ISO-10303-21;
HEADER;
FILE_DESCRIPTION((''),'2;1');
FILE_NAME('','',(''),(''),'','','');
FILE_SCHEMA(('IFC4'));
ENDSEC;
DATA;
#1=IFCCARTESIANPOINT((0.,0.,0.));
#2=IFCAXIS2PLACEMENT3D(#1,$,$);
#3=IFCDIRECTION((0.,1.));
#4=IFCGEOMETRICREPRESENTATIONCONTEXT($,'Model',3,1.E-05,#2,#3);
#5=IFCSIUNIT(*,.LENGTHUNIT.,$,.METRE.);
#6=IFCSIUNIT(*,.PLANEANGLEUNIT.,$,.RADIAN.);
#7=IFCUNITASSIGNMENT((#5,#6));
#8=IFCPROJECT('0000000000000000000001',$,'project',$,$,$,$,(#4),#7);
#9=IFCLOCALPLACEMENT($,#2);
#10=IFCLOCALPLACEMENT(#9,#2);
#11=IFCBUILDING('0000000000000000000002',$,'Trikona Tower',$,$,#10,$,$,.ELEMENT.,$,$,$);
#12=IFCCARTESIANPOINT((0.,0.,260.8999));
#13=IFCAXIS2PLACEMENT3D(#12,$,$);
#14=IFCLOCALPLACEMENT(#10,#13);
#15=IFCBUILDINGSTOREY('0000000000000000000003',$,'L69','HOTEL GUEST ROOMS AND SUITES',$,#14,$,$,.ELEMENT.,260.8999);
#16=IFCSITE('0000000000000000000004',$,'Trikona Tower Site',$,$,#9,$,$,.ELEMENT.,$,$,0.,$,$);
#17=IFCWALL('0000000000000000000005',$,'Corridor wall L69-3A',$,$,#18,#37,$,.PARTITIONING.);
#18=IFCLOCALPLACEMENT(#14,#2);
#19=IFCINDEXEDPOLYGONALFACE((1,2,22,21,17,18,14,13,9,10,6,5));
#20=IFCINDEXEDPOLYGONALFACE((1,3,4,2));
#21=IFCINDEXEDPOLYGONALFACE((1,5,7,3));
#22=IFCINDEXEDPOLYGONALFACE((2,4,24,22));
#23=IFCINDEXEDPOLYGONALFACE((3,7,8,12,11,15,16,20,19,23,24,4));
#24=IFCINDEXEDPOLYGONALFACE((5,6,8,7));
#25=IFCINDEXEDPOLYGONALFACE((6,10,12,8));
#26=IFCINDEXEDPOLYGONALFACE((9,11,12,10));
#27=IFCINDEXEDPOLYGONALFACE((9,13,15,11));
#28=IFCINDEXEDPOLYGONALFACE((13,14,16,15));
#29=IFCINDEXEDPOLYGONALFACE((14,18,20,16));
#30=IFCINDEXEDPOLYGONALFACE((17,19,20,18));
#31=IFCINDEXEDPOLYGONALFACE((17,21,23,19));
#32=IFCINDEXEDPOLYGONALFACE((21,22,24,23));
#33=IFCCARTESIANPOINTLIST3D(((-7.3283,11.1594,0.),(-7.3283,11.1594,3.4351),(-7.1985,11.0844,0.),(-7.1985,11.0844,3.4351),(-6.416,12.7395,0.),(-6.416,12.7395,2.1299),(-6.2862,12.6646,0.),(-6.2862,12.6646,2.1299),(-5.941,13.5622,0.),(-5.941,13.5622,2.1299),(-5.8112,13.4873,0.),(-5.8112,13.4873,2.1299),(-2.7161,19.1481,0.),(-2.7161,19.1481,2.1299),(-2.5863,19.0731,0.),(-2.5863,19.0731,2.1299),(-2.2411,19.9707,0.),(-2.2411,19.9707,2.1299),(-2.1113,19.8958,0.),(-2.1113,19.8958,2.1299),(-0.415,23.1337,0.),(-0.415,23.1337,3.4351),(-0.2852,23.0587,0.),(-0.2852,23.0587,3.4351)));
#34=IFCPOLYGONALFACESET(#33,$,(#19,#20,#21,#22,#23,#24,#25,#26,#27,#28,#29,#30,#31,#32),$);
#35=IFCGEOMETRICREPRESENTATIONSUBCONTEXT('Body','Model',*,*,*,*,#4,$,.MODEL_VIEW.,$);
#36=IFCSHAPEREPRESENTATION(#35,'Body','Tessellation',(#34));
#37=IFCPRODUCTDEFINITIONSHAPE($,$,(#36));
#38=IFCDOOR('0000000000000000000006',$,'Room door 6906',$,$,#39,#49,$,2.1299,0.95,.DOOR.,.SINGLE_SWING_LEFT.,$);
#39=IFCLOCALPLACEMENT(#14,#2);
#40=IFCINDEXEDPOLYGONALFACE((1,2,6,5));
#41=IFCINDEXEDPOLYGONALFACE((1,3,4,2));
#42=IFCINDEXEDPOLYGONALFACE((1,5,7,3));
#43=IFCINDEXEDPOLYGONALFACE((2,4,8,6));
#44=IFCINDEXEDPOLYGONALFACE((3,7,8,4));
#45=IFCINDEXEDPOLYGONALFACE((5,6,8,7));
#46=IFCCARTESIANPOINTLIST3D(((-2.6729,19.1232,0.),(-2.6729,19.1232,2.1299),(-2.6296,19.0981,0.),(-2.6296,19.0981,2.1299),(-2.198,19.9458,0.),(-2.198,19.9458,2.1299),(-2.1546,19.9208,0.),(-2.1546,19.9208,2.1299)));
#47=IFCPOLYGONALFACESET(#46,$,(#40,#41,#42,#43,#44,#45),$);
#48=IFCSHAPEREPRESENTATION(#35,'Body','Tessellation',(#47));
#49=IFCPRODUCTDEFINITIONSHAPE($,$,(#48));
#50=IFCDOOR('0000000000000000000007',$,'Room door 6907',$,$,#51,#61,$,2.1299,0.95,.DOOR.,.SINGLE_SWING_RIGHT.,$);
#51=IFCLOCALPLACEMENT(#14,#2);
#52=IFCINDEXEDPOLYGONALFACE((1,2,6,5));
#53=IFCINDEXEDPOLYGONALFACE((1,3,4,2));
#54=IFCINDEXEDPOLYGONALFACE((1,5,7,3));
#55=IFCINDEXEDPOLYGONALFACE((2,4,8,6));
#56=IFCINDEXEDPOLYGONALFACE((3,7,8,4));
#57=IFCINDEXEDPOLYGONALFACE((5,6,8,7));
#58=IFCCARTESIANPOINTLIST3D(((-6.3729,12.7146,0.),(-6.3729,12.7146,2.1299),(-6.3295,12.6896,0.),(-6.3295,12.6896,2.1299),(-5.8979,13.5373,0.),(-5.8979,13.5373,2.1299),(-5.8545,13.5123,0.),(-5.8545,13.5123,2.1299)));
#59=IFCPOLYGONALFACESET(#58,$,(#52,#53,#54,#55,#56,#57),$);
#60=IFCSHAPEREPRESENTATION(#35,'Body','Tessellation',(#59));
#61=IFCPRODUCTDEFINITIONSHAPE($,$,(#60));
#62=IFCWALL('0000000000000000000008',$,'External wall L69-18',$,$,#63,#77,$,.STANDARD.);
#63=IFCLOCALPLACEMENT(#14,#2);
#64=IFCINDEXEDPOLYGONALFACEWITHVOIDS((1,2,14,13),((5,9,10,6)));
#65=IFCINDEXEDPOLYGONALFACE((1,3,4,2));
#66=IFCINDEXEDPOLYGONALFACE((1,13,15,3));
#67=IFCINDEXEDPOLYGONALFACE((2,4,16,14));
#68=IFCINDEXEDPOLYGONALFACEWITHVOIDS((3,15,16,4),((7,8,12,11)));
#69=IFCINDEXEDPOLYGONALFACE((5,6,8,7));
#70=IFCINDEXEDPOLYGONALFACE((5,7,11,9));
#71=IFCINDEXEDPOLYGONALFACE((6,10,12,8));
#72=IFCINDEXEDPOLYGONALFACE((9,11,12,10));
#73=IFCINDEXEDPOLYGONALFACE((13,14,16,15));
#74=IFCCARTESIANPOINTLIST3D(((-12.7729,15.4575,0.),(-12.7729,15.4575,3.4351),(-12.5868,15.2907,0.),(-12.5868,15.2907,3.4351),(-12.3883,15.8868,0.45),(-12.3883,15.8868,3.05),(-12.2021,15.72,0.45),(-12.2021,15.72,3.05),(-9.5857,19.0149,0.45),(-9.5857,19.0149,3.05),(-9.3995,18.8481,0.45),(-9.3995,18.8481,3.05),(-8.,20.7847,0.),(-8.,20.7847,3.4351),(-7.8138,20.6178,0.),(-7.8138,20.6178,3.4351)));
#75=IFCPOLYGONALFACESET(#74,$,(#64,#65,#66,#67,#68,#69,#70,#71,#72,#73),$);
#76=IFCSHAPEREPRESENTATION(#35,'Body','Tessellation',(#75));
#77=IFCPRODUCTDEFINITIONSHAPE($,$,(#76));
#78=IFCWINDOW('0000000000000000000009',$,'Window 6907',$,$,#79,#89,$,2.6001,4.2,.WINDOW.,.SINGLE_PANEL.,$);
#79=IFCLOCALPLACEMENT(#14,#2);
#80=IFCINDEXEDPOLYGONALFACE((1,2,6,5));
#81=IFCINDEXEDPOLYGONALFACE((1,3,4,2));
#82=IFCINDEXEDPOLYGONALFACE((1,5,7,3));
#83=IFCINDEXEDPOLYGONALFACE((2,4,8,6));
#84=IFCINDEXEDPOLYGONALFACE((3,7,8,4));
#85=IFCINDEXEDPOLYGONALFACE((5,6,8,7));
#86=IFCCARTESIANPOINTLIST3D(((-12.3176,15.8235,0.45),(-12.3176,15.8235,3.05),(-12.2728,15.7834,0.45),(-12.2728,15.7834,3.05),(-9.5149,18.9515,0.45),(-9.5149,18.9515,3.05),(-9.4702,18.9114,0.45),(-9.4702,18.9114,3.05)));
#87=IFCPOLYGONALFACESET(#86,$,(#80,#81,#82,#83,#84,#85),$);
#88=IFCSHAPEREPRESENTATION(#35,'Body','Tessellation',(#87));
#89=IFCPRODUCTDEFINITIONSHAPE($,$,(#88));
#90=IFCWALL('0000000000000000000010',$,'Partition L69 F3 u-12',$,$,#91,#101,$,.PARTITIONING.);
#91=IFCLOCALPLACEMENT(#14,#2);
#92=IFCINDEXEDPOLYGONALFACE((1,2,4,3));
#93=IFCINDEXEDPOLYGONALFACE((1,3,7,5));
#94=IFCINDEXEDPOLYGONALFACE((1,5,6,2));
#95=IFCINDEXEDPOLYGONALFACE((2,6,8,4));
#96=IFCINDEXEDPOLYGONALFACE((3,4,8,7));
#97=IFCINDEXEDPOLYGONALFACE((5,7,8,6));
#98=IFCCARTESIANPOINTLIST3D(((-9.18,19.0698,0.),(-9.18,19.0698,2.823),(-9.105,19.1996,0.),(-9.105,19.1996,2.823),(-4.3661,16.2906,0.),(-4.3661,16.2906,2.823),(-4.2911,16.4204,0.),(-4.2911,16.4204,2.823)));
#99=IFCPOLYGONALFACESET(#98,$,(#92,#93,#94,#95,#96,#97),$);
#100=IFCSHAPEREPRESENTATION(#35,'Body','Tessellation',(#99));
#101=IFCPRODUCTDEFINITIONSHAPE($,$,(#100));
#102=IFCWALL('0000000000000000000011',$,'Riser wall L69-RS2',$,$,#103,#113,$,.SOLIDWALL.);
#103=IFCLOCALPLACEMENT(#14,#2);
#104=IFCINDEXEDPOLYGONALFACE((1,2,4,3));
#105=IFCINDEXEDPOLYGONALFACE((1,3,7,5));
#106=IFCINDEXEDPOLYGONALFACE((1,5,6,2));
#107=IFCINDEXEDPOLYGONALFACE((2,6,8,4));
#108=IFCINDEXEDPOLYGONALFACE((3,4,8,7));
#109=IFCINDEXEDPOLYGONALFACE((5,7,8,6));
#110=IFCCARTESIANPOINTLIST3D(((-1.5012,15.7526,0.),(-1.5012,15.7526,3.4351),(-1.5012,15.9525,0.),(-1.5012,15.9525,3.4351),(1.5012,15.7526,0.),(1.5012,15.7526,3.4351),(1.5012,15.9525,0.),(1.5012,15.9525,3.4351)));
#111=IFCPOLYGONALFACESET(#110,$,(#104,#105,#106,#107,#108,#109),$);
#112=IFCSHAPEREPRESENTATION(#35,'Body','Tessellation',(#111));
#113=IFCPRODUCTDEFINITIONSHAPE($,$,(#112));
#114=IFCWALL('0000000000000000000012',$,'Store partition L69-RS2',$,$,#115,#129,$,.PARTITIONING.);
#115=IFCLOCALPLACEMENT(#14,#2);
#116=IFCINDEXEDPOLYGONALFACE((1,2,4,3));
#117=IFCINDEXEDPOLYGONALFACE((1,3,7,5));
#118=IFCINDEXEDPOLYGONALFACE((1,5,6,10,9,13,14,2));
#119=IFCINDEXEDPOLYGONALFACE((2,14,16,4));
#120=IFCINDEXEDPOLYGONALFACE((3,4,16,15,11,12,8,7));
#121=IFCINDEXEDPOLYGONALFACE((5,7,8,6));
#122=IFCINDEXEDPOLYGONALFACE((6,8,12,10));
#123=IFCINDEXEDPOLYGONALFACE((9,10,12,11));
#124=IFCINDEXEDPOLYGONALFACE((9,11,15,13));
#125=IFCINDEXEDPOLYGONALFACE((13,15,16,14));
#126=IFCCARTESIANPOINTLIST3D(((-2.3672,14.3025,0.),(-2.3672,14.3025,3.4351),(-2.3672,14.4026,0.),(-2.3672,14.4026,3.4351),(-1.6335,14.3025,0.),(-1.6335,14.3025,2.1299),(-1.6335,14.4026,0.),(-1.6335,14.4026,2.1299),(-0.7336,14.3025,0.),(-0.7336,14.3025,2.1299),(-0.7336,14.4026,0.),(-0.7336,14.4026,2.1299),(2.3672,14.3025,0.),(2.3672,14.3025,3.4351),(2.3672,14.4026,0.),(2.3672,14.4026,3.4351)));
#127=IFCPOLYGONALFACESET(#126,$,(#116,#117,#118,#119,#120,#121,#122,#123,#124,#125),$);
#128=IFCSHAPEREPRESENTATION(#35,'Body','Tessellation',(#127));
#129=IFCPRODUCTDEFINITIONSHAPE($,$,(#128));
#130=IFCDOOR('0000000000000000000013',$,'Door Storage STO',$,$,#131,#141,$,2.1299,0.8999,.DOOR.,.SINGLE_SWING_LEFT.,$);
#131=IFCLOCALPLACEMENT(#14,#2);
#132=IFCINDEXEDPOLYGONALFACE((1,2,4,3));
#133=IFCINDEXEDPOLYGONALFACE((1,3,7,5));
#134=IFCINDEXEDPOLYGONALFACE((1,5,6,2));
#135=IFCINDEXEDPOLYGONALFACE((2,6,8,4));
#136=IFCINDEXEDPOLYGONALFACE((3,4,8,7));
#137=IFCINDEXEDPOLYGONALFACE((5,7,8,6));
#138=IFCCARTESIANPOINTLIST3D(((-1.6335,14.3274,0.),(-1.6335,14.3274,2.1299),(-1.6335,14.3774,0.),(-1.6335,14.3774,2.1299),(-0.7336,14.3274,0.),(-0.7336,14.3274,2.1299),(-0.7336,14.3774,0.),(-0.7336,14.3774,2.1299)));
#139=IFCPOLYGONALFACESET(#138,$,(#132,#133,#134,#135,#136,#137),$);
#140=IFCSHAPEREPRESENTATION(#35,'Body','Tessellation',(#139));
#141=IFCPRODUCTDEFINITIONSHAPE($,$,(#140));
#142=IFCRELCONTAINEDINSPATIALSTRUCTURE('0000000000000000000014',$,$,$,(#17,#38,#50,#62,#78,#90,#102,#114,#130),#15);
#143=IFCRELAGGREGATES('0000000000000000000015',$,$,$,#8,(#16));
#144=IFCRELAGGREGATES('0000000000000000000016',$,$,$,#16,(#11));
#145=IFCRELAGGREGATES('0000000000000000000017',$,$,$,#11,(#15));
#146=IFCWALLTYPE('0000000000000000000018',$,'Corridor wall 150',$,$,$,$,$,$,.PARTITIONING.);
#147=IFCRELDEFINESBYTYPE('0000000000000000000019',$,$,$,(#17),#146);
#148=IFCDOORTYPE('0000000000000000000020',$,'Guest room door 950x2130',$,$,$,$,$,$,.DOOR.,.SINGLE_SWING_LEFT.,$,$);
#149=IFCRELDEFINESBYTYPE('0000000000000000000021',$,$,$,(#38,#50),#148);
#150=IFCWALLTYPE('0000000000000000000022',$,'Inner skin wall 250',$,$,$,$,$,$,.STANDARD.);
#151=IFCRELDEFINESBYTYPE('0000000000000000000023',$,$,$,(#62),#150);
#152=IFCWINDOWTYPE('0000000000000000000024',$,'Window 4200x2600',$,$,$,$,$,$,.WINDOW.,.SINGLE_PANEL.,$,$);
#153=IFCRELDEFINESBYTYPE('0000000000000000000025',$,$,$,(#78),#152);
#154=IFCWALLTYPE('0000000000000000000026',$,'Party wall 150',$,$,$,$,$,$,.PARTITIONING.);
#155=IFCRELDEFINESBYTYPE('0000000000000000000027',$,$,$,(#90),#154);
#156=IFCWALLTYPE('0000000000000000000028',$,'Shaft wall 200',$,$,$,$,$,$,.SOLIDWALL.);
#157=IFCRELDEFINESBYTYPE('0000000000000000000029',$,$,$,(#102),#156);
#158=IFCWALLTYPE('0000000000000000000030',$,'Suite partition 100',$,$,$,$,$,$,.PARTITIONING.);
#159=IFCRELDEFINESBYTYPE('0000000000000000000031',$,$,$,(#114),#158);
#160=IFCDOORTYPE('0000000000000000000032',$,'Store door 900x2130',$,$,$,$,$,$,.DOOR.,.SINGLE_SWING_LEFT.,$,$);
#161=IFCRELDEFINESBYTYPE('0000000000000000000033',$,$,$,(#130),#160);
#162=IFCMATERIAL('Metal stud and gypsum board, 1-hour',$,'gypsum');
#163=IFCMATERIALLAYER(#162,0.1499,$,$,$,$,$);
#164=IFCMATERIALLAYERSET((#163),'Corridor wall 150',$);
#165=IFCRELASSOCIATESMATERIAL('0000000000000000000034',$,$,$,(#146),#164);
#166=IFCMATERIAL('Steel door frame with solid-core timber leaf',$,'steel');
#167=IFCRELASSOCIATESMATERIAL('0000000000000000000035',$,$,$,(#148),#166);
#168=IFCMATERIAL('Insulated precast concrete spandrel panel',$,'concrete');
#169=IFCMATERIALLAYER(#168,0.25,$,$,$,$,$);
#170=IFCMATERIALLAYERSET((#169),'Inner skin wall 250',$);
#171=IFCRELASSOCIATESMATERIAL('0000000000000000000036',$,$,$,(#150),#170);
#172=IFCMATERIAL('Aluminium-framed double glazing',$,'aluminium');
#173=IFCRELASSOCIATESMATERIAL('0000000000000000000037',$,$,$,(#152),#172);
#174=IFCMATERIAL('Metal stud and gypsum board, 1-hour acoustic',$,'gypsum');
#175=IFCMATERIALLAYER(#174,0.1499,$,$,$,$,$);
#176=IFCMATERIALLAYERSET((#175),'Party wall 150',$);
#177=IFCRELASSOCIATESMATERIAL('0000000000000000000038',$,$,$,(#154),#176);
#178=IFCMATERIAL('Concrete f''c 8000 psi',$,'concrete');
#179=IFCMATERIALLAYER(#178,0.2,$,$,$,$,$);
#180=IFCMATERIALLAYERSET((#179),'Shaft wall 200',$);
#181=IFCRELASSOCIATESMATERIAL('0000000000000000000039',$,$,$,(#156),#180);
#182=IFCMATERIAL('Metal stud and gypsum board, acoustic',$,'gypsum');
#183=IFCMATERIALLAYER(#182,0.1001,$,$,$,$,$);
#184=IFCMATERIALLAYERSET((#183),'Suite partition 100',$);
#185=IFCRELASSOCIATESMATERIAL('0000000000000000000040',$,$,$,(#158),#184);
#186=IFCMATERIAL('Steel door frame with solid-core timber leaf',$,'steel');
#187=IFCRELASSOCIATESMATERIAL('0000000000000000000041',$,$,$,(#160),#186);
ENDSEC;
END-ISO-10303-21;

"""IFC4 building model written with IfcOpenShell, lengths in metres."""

from ifc_helpers import new_model, si_unit, direction, frame, frame_2d, origin, place, context, subcontext, project, spatial, rectangle, extrude, material, layer, layer_set, type_object, element, fill, save


model = new_model("IFC4")

# Units and contexts
model_context = context("Model", 3, precision=1e-05, world=origin(), true_north=direction((0.0, 1.0)))
body_context = subcontext(model_context, "Body", "Model", "MODEL_VIEW")
ifc_project = project(units=[si_unit("LENGTHUNIT", "METRE"), si_unit("PLANEANGLEUNIT", "RADIAN")], contexts=[model_context])

# Site, building, storey
site_placement = place(None, origin())
site = spatial("IfcSite", under=ifc_project, at=site_placement, Name="Trikona Tower Site", CompositionType="ELEMENT", RefElevation=0.0)
building_placement = place(site_placement, origin())
building = spatial("IfcBuilding", under=site, at=building_placement, Name="Trikona Tower", CompositionType="ELEMENT")
storey_placement = place(building_placement, frame((0.0, 0.0, 260.8999)))
storey = spatial("IfcBuildingStorey", under=building, at=storey_placement, Name="L69", Description="HOTEL GUEST ROOMS AND SUITES", CompositionType="ELEMENT", Elevation=260.8999)

# Wall, openings, doors
ifc_material_1 = material(Name="Metal stud and gypsum board, 1-hour", Category="gypsum")
ifc_layer_1 = layer(ifc_material_1, 0.1499)
ifc_layer_set_1 = layer_set([ifc_layer_1], Name="Corridor wall 150")
wall_type_1 = type_object("IfcWallType", Name="Corridor wall 150", PredefinedType="PARTITIONING", material=ifc_layer_set_1)
wall_1_placement = place(storey_placement, frame((-0.3501, 23.0962, 0.0), z_axis=(0.0, 0.0, 1.0), x_axis=(-0.499996, -0.866028, 0.0)))
wall_1 = element("IfcWall", 1, at=wall_1_placement, inside=storey, type_object=wall_type_1, Name="Corridor wall L69-3A", PredefinedType="PARTITIONING", context=body_context, shape_type="SweptSolid", body=[
    extrude(rectangle(XDim=13.8267, YDim=0.1499, at=frame_2d((6.9133, 0.0))), origin(), (0.0, 0.0, 1.0), 3.4351),
])
opening_1_placement = place(wall_1_placement, frame((3.6521, 0.0, 0.0)))
opening_1 = element("IfcOpeningElement", 2, at=opening_1_placement, cuts=wall_1, PredefinedType="OPENING", context=body_context, shape_type="SweptSolid", body=[
    extrude(rectangle(XDim=0.95, YDim=2.1299, at=frame_2d((0.4751, 1.0649))), frame((0.0, 0.085, 0.0), z_axis=(0.0, -1.0, 0.0), x_axis=(1.0, 0.0, 0.0)), (0.0, 0.0, 1.0), 0.1699),
])
opening_2_placement = place(wall_1_placement, frame((11.052, 0.0, 0.0)))
opening_2 = element("IfcOpeningElement", 3, at=opening_2_placement, cuts=wall_1, PredefinedType="OPENING", context=body_context, shape_type="SweptSolid", body=[
    extrude(rectangle(XDim=0.95, YDim=2.1299, at=frame_2d((0.4751, 1.0649))), frame((0.0, 0.085, 0.0), z_axis=(0.0, -1.0, 0.0), x_axis=(1.0, 0.0, 0.0)), (0.0, 0.0, 1.0), 0.1699),
])
ifc_material_2 = material(Name="Steel door frame with solid-core timber leaf", Category="steel")
door_type_1 = type_object("IfcDoorType", Name="Guest room door 950x2130", OperationType="SINGLE_SWING_LEFT", PredefinedType="DOOR", material=ifc_material_2)
door_1_placement = place(opening_1_placement, origin())
door_1 = element("IfcDoor", 4, at=door_1_placement, inside=storey, type_object=door_type_1, Name="Room door 6906", OperationType="SINGLE_SWING_LEFT", OverallHeight=2.1299, OverallWidth=0.95, PredefinedType="DOOR", context=body_context, shape_type="SweptSolid", body=[
    extrude(rectangle(XDim=0.95, YDim=2.1299, at=frame_2d((0.4751, 1.0649))), frame((0.0, 0.0249, 0.0), z_axis=(0.0, -1.0, 0.0), x_axis=(1.0, 0.0, 0.0)), (0.0, 0.0, 1.0), 0.05),
])
fill(opening_1, door_1)
door_2_placement = place(opening_2_placement, origin())
door_2 = element("IfcDoor", 5, at=door_2_placement, inside=storey, type_object=door_type_1, Name="Room door 6907", OperationType="SINGLE_SWING_RIGHT", OverallHeight=2.1299, OverallWidth=0.95, PredefinedType="DOOR", context=body_context, shape_type="SweptSolid", body=[
    extrude(rectangle(XDim=0.95, YDim=2.1299, at=frame_2d((0.4751, 1.0649))), frame((0.0, 0.0249, 0.0), z_axis=(0.0, -1.0, 0.0), x_axis=(1.0, 0.0, 0.0)), (0.0, 0.0, 1.0), 0.05),
])
fill(opening_2, door_2)

# Wall, opening, window
ifc_material_3 = material(Name="Insulated precast concrete spandrel panel", Category="concrete")
ifc_layer_2 = layer(ifc_material_3, 0.25)
ifc_layer_set_2 = layer_set([ifc_layer_2], Name="Inner skin wall 250")
wall_type_2 = type_object("IfcWallType", Name="Inner skin wall 250", PredefinedType="STANDARD", material=ifc_layer_set_2)
wall_2_placement = place(storey_placement, frame((-7.907, 20.7012, 0.0), z_axis=(0.0, 0.0, 1.0), x_axis=(-0.667304, -0.744786, 0.0)))
wall_2 = element("IfcWall", 6, at=wall_2_placement, inside=storey, type_object=wall_type_2, Name="External wall L69-18", PredefinedType="STANDARD", context=body_context, shape_type="SweptSolid", body=[
    extrude(rectangle(XDim=7.1526, YDim=0.25, at=frame_2d((3.5762, 0.0))), origin(), (0.0, 0.0, 1.0), 3.4351),
])
opening_3_placement = place(wall_2_placement, frame((2.376, 0.0, 0.45)))
opening_3 = element("IfcOpeningElement", 7, at=opening_3_placement, cuts=wall_2, PredefinedType="OPENING", context=body_context, shape_type="SweptSolid", body=[
    extrude(rectangle(XDim=4.2, YDim=2.6001, at=frame_2d((2.1001, 1.3))), frame((0.0, 0.135, 0.0), z_axis=(0.0, -1.0, 0.0), x_axis=(1.0, 0.0, 0.0)), (0.0, 0.0, 1.0), 0.27),
])
ifc_material_4 = material(Name="Aluminium-framed double glazing", Category="aluminium")
window_type_1 = type_object("IfcWindowType", Name="Window 4200x2600", PartitioningType="SINGLE_PANEL", PredefinedType="WINDOW", material=ifc_material_4)
window_1_placement = place(opening_3_placement, origin())
window_1 = element("IfcWindow", 8, at=window_1_placement, inside=storey, type_object=window_type_1, Name="Window 6907", OverallHeight=2.6001, OverallWidth=4.2, PartitioningType="SINGLE_PANEL", PredefinedType="WINDOW", context=body_context, shape_type="SweptSolid", body=[
    extrude(rectangle(XDim=4.2, YDim=2.6001, at=frame_2d((2.1001, 1.3))), frame((0.0, 0.03, 0.0), z_axis=(0.0, -1.0, 0.0), x_axis=(1.0, 0.0, 0.0)), (0.0, 0.0, 1.0), 0.0601),
])
fill(opening_3, window_1)

# Walls
ifc_material_5 = material(Name="Metal stud and gypsum board, 1-hour acoustic", Category="gypsum")
ifc_layer_3 = layer(ifc_material_5, 0.1499)
ifc_layer_set_3 = layer_set([ifc_layer_3], Name="Party wall 150")
wall_type_3 = type_object("IfcWallType", Name="Party wall 150", PredefinedType="PARTITIONING", material=ifc_layer_set_3)
wall_3_placement = place(storey_placement, frame((-4.3286, 16.3555, 0.0), z_axis=(0.0, 0.0, 1.0), x_axis=(-0.866029, 0.499994, 0.0)))
element("IfcWall", 9, at=wall_3_placement, inside=storey, type_object=wall_type_3, Name="Partition L69 F3 u-12", PredefinedType="PARTITIONING", context=body_context, shape_type="SweptSolid", body=[
    extrude(rectangle(XDim=5.5586, YDim=0.1499, at=frame_2d((2.7793, 0.0))), origin(), (0.0, 0.0, 1.0), 2.823),
])
ifc_material_6 = material(Name="Concrete f'c 8000 psi", Category="concrete")
ifc_layer_4 = layer(ifc_material_6, 0.2)
ifc_layer_set_4 = layer_set([ifc_layer_4], Name="Shaft wall 200")
wall_type_4 = type_object("IfcWallType", Name="Shaft wall 200", PredefinedType="SOLIDWALL", material=ifc_layer_set_4)
wall_4_placement = place(storey_placement, frame((-1.5012, 15.8525, 0.0), z_axis=(0.0, 0.0, 1.0), x_axis=(1.0, 0.0, 0.0)))
element("IfcWall", 10, at=wall_4_placement, inside=storey, type_object=wall_type_4, Name="Riser wall L69-RS2", PredefinedType="SOLIDWALL", context=body_context, shape_type="SweptSolid", body=[
    extrude(rectangle(XDim=3.0024, YDim=0.2, at=frame_2d((1.5012, 0.0))), origin(), (0.0, 0.0, 1.0), 3.4351),
])

# Wall, opening, door
ifc_material_7 = material(Name="Metal stud and gypsum board, acoustic", Category="gypsum")
ifc_layer_5 = layer(ifc_material_7, 0.1001)
ifc_layer_set_5 = layer_set([ifc_layer_5], Name="Suite partition 100")
wall_type_5 = type_object("IfcWallType", Name="Suite partition 100", PredefinedType="PARTITIONING", material=ifc_layer_set_5)
wall_5_placement = place(storey_placement, frame((-2.3672, 14.3525, 0.0), z_axis=(0.0, 0.0, 1.0), x_axis=(1.0, 0.0, 0.0)))
wall_5 = element("IfcWall", 11, at=wall_5_placement, inside=storey, type_object=wall_type_5, Name="Store partition L69-RS2", PredefinedType="PARTITIONING", context=body_context, shape_type="SweptSolid", body=[
    extrude(rectangle(XDim=4.7344, YDim=0.1001, at=frame_2d((2.3672, 0.0))), origin(), (0.0, 0.0, 1.0), 3.4351),
])
opening_4_placement = place(wall_5_placement, frame((0.7336, 0.0, 0.0)))
opening_4 = element("IfcOpeningElement", 12, at=opening_4_placement, cuts=wall_5, PredefinedType="OPENING", context=body_context, shape_type="SweptSolid", body=[
    extrude(rectangle(XDim=0.8999, YDim=2.1299, at=frame_2d((0.45, 1.0649))), frame((0.0, 0.0601, 0.0), z_axis=(0.0, -1.0, 0.0), x_axis=(1.0, 0.0, 0.0)), (0.0, 0.0, 1.0), 0.1201),
])
ifc_material_8 = material(Name="Steel door frame with solid-core timber leaf", Category="steel")
door_type_2 = type_object("IfcDoorType", Name="Store door 900x2130", OperationType="SINGLE_SWING_LEFT", PredefinedType="DOOR", material=ifc_material_8)
door_3_placement = place(opening_4_placement, origin())
door_3 = element("IfcDoor", 13, at=door_3_placement, inside=storey, type_object=door_type_2, Name="Door Storage STO", OperationType="SINGLE_SWING_LEFT", OverallHeight=2.1299, OverallWidth=0.8999, PredefinedType="DOOR", context=body_context, shape_type="SweptSolid", body=[
    extrude(rectangle(XDim=0.8999, YDim=2.1299, at=frame_2d((0.45, 1.0649))), frame((0.0, 0.0249, 0.0), z_axis=(0.0, -1.0, 0.0), x_axis=(1.0, 0.0, 0.0)), (0.0, 0.0, 1.0), 0.05),
])
fill(opening_4, door_3)

save(model, "model.ifc")
